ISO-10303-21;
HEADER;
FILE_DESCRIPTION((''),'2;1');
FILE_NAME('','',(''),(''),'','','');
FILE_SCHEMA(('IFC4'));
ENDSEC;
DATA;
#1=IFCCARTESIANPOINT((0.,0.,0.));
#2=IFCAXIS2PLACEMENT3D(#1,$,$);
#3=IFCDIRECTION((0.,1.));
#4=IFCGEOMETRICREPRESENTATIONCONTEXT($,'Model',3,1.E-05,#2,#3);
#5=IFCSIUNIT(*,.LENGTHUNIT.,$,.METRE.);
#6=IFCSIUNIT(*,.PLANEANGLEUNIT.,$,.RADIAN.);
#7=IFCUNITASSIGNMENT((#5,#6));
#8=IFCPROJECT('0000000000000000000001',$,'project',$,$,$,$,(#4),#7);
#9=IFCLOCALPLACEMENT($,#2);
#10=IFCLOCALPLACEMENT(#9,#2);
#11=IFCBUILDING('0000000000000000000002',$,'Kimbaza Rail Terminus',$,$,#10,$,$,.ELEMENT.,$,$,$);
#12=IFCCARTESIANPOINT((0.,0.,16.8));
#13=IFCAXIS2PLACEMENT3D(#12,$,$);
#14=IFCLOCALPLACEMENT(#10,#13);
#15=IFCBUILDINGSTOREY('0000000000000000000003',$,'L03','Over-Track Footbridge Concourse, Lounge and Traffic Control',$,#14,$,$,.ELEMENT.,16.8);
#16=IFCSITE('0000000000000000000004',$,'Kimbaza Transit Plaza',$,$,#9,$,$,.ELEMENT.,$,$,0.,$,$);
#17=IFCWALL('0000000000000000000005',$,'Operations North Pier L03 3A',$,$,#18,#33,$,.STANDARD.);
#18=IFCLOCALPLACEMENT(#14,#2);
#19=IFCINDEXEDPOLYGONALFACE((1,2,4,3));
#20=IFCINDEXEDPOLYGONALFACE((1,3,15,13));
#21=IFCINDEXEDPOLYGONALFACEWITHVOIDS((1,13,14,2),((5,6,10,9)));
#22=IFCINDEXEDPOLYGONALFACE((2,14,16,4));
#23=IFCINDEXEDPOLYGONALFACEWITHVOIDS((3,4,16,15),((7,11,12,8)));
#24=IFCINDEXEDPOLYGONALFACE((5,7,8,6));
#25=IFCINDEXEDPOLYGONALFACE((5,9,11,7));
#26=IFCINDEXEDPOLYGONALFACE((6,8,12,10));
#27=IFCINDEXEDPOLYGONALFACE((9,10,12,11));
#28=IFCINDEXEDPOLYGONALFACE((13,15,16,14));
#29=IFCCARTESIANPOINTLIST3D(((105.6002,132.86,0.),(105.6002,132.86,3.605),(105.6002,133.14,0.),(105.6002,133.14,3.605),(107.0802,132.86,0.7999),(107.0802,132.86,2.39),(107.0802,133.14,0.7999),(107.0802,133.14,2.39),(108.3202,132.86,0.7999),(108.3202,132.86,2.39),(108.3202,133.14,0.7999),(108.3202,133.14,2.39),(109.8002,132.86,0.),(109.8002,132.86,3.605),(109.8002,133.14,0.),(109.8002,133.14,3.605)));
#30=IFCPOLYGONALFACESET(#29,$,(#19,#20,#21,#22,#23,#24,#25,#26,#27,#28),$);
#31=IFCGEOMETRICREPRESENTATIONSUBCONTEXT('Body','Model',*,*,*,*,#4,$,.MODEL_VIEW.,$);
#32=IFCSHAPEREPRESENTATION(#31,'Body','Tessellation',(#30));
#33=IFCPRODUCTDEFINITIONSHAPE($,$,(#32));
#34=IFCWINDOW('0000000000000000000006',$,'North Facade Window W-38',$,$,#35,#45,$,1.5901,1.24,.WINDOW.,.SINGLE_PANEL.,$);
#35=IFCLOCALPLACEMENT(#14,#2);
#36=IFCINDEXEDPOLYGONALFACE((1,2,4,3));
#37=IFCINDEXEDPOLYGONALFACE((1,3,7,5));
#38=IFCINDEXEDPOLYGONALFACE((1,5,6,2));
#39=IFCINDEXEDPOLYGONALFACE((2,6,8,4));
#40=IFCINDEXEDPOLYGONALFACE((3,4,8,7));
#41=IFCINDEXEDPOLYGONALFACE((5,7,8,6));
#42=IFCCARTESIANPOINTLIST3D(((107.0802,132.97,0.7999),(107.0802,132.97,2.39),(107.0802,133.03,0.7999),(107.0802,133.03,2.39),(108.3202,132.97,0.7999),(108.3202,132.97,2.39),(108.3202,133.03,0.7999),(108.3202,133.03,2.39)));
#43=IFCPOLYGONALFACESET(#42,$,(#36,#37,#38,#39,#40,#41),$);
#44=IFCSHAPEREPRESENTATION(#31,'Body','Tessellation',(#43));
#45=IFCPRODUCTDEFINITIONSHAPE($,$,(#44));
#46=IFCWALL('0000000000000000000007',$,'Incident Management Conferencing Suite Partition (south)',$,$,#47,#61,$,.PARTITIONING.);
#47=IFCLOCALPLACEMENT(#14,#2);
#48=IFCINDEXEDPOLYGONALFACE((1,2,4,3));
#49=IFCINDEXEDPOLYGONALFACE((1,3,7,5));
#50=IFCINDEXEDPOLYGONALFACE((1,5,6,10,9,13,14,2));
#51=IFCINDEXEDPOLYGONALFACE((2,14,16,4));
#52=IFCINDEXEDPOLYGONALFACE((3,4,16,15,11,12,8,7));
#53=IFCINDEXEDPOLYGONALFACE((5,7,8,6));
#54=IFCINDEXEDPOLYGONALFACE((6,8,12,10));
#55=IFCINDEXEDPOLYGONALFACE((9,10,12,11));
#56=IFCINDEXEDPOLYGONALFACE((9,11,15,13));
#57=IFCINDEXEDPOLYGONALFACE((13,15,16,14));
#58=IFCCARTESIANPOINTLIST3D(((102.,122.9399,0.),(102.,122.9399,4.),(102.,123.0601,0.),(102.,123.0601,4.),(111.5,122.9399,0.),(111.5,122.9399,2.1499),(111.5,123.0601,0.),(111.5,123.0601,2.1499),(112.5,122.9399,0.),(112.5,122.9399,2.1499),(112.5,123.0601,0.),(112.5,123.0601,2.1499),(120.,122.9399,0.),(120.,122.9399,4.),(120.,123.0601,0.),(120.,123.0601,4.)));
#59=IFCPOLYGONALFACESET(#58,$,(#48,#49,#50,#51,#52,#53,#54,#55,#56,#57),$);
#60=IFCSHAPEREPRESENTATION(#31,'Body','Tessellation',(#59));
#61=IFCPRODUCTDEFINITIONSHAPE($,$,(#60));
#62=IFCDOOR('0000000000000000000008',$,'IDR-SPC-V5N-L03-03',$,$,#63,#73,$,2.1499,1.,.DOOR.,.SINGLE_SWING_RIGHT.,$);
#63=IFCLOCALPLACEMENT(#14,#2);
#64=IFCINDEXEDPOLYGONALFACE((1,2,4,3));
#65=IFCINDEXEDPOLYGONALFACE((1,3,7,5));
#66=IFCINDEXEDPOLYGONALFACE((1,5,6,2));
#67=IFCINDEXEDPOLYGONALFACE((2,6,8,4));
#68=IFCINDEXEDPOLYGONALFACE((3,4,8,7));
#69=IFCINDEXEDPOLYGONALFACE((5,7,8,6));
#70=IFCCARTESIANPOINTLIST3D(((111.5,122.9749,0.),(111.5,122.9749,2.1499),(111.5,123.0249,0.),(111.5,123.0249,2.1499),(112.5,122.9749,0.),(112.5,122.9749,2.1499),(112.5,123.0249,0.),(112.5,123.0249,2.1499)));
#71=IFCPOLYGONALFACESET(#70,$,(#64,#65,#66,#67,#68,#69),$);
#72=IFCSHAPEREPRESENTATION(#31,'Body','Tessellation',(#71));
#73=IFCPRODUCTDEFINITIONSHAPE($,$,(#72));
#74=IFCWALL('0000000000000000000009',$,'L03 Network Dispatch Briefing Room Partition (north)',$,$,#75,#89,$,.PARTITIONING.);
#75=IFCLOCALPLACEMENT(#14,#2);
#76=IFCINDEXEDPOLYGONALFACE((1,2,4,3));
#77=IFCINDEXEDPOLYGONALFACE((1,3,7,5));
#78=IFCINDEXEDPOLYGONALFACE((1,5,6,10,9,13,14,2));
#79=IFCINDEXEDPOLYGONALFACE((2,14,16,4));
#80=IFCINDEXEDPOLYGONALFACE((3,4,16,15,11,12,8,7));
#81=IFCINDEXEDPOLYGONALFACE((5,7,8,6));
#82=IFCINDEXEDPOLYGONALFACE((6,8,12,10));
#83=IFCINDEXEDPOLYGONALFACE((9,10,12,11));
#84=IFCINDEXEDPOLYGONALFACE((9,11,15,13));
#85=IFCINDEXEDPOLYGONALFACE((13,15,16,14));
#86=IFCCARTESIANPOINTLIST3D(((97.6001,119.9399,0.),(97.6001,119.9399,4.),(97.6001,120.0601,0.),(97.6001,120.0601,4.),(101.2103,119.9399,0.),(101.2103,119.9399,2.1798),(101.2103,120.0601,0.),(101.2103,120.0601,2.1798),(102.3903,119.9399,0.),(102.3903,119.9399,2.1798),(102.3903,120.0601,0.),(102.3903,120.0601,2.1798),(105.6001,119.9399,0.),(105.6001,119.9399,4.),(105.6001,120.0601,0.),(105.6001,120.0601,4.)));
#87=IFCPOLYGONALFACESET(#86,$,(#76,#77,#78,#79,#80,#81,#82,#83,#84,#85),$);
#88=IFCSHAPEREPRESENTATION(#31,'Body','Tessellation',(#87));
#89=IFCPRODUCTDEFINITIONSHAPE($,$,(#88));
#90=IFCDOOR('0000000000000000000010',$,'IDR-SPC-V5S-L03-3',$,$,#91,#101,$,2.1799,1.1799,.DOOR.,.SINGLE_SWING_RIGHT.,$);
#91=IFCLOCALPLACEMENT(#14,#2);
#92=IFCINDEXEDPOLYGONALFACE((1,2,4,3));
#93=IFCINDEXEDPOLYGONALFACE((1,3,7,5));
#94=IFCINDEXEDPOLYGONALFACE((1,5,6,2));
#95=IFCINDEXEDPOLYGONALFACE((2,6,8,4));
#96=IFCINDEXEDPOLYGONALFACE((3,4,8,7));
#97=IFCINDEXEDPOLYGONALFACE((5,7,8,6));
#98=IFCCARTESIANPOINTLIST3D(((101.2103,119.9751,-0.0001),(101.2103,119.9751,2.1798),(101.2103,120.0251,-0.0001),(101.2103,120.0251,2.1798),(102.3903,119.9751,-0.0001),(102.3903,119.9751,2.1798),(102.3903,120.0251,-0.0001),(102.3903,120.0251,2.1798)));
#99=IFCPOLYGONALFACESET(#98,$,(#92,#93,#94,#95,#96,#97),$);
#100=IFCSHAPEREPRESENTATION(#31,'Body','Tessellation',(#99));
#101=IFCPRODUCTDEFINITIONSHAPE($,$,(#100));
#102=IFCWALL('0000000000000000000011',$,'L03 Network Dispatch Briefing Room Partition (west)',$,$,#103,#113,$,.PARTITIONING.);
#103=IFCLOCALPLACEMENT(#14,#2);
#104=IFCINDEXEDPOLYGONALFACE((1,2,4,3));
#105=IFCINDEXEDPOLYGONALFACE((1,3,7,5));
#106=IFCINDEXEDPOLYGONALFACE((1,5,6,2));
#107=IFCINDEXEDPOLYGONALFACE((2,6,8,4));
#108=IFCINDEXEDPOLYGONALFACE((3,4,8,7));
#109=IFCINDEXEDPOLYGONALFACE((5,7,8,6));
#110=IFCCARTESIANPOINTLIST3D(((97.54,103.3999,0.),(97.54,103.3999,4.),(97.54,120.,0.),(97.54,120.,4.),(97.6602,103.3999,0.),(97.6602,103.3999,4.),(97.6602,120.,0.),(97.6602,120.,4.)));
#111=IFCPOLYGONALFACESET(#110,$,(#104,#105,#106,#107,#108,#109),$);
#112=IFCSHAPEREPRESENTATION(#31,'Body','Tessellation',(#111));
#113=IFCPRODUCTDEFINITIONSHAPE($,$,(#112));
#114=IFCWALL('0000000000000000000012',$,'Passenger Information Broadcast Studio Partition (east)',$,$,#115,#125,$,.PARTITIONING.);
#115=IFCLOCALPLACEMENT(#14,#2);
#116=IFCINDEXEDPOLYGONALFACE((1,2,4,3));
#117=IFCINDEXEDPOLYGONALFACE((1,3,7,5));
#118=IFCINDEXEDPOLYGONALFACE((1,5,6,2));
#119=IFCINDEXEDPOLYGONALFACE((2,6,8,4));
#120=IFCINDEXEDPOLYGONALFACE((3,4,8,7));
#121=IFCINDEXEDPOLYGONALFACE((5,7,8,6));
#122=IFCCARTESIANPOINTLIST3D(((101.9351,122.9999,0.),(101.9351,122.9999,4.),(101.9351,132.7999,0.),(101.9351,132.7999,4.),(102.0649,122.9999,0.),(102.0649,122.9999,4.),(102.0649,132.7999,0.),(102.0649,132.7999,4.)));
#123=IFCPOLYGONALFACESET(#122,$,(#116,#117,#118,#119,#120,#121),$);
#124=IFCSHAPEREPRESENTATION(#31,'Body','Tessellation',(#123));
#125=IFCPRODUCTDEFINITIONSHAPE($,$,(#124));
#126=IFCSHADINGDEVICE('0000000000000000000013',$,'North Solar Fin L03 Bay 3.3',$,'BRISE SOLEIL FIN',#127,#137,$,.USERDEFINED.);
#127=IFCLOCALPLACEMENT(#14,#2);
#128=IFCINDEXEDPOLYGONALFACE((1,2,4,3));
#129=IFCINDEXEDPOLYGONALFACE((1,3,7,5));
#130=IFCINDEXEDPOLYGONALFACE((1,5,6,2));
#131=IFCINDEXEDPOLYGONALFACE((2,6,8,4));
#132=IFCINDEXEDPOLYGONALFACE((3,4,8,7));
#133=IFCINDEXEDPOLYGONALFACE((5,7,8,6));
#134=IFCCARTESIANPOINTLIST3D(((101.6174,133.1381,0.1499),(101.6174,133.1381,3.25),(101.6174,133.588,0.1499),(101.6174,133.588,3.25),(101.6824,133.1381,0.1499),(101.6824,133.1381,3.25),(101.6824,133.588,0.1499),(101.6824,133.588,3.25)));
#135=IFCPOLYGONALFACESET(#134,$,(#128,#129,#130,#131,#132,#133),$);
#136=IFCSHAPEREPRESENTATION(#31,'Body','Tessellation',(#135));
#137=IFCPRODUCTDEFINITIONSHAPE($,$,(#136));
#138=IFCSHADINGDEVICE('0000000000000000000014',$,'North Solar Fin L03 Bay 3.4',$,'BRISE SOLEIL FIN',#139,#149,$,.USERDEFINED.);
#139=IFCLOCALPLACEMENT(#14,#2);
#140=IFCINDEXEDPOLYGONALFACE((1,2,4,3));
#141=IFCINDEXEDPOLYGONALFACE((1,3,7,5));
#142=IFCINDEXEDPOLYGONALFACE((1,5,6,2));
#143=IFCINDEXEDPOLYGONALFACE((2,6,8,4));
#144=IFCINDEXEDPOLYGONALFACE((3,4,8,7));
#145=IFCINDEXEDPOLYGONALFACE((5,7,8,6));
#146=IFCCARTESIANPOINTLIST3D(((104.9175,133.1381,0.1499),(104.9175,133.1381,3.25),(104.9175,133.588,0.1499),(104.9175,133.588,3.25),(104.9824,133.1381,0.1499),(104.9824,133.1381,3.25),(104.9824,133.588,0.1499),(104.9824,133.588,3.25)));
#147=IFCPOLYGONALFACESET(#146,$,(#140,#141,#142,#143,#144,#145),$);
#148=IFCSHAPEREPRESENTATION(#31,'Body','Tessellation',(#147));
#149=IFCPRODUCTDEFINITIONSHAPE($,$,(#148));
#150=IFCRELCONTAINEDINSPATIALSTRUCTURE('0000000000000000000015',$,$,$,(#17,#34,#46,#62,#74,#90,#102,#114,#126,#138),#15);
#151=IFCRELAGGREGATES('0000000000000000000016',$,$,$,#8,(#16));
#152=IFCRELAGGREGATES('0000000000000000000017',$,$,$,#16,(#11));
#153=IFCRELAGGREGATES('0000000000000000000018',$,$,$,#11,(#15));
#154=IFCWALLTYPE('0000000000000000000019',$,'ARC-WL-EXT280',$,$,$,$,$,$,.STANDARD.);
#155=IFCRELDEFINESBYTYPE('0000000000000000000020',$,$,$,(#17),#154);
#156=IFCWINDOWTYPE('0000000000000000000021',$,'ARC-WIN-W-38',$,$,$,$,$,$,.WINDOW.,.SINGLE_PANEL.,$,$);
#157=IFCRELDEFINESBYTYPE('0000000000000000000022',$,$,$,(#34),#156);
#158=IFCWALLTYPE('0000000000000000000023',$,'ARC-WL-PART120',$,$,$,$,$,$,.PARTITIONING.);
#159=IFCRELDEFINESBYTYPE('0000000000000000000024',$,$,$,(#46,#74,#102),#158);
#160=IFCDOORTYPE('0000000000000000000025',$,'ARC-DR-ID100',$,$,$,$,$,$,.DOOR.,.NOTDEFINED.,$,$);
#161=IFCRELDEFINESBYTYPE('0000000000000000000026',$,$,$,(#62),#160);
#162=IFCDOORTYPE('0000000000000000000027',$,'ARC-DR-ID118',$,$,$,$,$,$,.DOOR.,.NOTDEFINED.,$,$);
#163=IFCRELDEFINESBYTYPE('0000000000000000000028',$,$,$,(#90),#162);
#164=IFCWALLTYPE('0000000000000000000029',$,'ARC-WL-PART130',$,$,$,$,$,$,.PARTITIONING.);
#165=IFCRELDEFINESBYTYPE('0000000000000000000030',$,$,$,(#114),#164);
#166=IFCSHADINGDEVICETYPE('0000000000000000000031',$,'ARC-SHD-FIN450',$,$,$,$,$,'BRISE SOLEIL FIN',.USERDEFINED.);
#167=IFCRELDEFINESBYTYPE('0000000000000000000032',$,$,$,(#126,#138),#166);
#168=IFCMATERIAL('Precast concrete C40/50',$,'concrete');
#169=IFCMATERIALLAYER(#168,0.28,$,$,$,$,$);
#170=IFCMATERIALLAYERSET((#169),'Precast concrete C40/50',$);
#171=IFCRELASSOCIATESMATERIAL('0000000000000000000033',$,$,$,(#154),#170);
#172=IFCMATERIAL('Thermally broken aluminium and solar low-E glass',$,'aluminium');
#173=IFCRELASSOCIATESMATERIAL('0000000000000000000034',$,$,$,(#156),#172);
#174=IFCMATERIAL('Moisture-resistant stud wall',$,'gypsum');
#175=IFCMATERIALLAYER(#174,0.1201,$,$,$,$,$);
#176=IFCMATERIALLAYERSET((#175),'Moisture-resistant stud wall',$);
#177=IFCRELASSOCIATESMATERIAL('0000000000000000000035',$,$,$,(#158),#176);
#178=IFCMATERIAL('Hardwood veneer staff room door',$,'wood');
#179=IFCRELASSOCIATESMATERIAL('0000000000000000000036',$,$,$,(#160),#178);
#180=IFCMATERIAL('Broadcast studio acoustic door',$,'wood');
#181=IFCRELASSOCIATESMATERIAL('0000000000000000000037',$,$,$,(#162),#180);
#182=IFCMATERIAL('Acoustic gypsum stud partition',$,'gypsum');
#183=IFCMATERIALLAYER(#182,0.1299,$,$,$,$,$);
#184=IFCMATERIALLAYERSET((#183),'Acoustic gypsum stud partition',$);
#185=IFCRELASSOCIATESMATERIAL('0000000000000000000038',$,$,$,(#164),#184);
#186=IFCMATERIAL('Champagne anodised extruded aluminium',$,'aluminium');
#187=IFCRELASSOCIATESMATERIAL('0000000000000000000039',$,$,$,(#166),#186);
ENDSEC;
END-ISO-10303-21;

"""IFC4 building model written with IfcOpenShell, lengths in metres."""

from ifc_helpers import new_model, si_unit, direction, frame, frame_2d, origin, origin_2d, place, context, subcontext, project, spatial, rectangle, extrude, material, layer, layer_set, type_object, element, fill, save


model = new_model("IFC4")

# Units and contexts
model_context = context("Model", 3, precision=1e-05, world=origin(), true_north=direction((0.0, 1.0)))
body_context = subcontext(model_context, "Body", "Model", "MODEL_VIEW")
ifc_project = project(units=[si_unit("LENGTHUNIT", "METRE"), si_unit("PLANEANGLEUNIT", "RADIAN")], contexts=[model_context])

# Site, building, storey
site_placement = place(None, origin())
site = spatial("IfcSite", under=ifc_project, at=site_placement, Name="Kimbaza Transit Plaza", CompositionType="ELEMENT", RefElevation=0.0)
building_placement = place(site_placement, origin())
building = spatial("IfcBuilding", under=site, at=building_placement, Name="Kimbaza Rail Terminus", CompositionType="ELEMENT")
storey_placement = place(building_placement, frame((0.0, 0.0, 16.8)))
storey = spatial("IfcBuildingStorey", under=building, at=storey_placement, Name="L03", Description="Over-Track Footbridge Concourse, Lounge and Traffic Control", CompositionType="ELEMENT", Elevation=16.8)

# Wall, opening, window
ifc_material_1 = material(Name="Precast concrete C40/50", Category="concrete")
ifc_layer_1 = layer(ifc_material_1, 0.28)
ifc_layer_set_1 = layer_set([ifc_layer_1], Name="Precast concrete C40/50")
wall_type_1 = type_object("IfcWallType", Name="ARC-WL-EXT280", PredefinedType="STANDARD", material=ifc_layer_set_1)
wall_1_placement = place(storey_placement, frame((105.6001, 133.0, 0.0), z_axis=(0.0, 0.0, 1.0), x_axis=(1.0, 0.0, 0.0)))
wall_1 = element("IfcWall", 1, at=wall_1_placement, inside=storey, type_object=wall_type_1, Name="Operations North Pier L03 3A", PredefinedType="STANDARD", context=body_context, shape_type="SweptSolid", body=[
    extrude(rectangle(XDim=4.2, YDim=0.28, at=frame_2d((2.1001, 0.0))), origin(), (0.0, 0.0, 1.0), 3.605),
])
opening_1_placement = place(wall_1_placement, frame((1.48, 0.0, 0.8)))
opening_1 = element("IfcOpeningElement", 2, at=opening_1_placement, cuts=wall_1, PredefinedType="OPENING", context=body_context, shape_type="SweptSolid", body=[
    extrude(rectangle(XDim=1.24, YDim=1.5901, at=frame_2d((0.6201, 0.7949))), frame((0.0, 0.1499, 0.0), z_axis=(0.0, -1.0, 0.0), x_axis=(1.0, 0.0, 0.0)), (0.0, 0.0, 1.0), 0.3),
])
ifc_material_2 = material(Name="Thermally broken aluminium and solar low-E glass", Category="aluminium")
window_type_1 = type_object("IfcWindowType", Name="ARC-WIN-W-38", PartitioningType="SINGLE_PANEL", PredefinedType="WINDOW", material=ifc_material_2)
window_1_placement = place(opening_1_placement, origin())
window_1 = element("IfcWindow", 3, at=window_1_placement, inside=storey, type_object=window_type_1, Name="North Facade Window W-38", OverallHeight=1.5901, OverallWidth=1.24, PartitioningType="SINGLE_PANEL", PredefinedType="WINDOW", context=body_context, shape_type="SweptSolid", body=[
    extrude(rectangle(XDim=1.24, YDim=1.5901, at=frame_2d((0.6201, 0.7949))), frame((0.0, 0.03, 0.0), z_axis=(0.0, -1.0, 0.0), x_axis=(1.0, 0.0, 0.0)), (0.0, 0.0, 1.0), 0.0601),
])
fill(opening_1, window_1)

# Walls, openings, doors
ifc_material_3 = material(Name="Moisture-resistant stud wall", Category="gypsum")
ifc_layer_2 = layer(ifc_material_3, 0.1201)
ifc_layer_set_2 = layer_set([ifc_layer_2], Name="Moisture-resistant stud wall")
wall_type_2 = type_object("IfcWallType", Name="ARC-WL-PART120", PredefinedType="PARTITIONING", material=ifc_layer_set_2)
wall_2_placement = place(storey_placement, frame((102.0, 123.0, 0.0), z_axis=(0.0, 0.0, 1.0), x_axis=(1.0, 0.0, 0.0)))
wall_2 = element("IfcWall", 4, at=wall_2_placement, inside=storey, type_object=wall_type_2, Name="Incident Management Conferencing Suite Partition (south)", PredefinedType="PARTITIONING", context=body_context, shape_type="SweptSolid", body=[
    extrude(rectangle(XDim=18.0, YDim=0.1201, at=frame_2d((9.0, 0.0))), origin(), (0.0, 0.0, 1.0), 4.0),
])
opening_2_placement = place(wall_2_placement, frame((9.5, 0.0, 0.0)))
opening_2 = element("IfcOpeningElement", 5, at=opening_2_placement, cuts=wall_2, PredefinedType="OPENING", context=body_context, shape_type="SweptSolid", body=[
    extrude(rectangle(XDim=1.0, YDim=2.1499, at=frame_2d((0.5, 1.075))), frame((0.0, 0.0701, 0.0), z_axis=(0.0, -1.0, 0.0), x_axis=(1.0, 0.0, 0.0)), (0.0, 0.0, 1.0), 0.1401),
])
ifc_material_4 = material(Name="Hardwood veneer staff room door", Category="wood")
door_type_1 = type_object("IfcDoorType", Name="ARC-DR-ID100", OperationType="NOTDEFINED", PredefinedType="DOOR", material=ifc_material_4)
door_1_placement = place(opening_2_placement, origin())
door_1 = element("IfcDoor", 6, at=door_1_placement, inside=storey, type_object=door_type_1, Name="IDR-SPC-V5N-L03-03", OperationType="SINGLE_SWING_RIGHT", OverallHeight=2.1499, OverallWidth=1.0, PredefinedType="DOOR", context=body_context, shape_type="SweptSolid", body=[
    extrude(rectangle(XDim=1.0, YDim=2.1499, at=frame_2d((0.5, 1.075))), frame((0.0, 0.0249, 0.0), z_axis=(0.0, -1.0, 0.0), x_axis=(1.0, 0.0, 0.0)), (0.0, 0.0, 1.0), 0.05),
])
fill(opening_2, door_1)
wall_3_placement = place(storey_placement, frame((105.6001, 120.0, 0.0), z_axis=(0.0, 0.0, 1.0), x_axis=(-1.0, 0.0, 0.0)))
wall_3 = element("IfcWall", 7, at=wall_3_placement, inside=storey, type_object=wall_type_2, Name="L03 Network Dispatch Briefing Room Partition (north)", PredefinedType="PARTITIONING", context=body_context, shape_type="SweptSolid", body=[
    extrude(rectangle(XDim=8.0, YDim=0.1201, at=frame_2d((4.0, 0.0))), origin(), (0.0, 0.0, 1.0), 4.0),
])
opening_3_placement = place(wall_3_placement, frame((3.21, 0.0, 0.0)))
opening_3 = element("IfcOpeningElement", 8, at=opening_3_placement, cuts=wall_3, PredefinedType="OPENING", context=body_context, shape_type="SweptSolid", body=[
    extrude(rectangle(XDim=1.1799, YDim=2.1799, at=frame_2d((0.5898, 1.0898))), frame((0.0, 0.0701, 0.0), z_axis=(0.0, -1.0, 0.0), x_axis=(1.0, 0.0, 0.0)), (0.0, 0.0, 1.0), 0.1401),
])
ifc_material_5 = material(Name="Broadcast studio acoustic door", Category="wood")
door_type_2 = type_object("IfcDoorType", Name="ARC-DR-ID118", OperationType="NOTDEFINED", PredefinedType="DOOR", material=ifc_material_5)
door_2_placement = place(opening_3_placement, origin())
door_2 = element("IfcDoor", 9, at=door_2_placement, inside=storey, type_object=door_type_2, Name="IDR-SPC-V5S-L03-3", OperationType="SINGLE_SWING_RIGHT", OverallHeight=2.1799, OverallWidth=1.1799, PredefinedType="DOOR", context=body_context, shape_type="SweptSolid", body=[
    extrude(rectangle(XDim=1.1799, YDim=2.1799, at=frame_2d((0.5898, 1.0898))), frame((0.0, 0.0249, 0.0), z_axis=(0.0, -1.0, 0.0), x_axis=(1.0, 0.0, 0.0)), (0.0, 0.0, 1.0), 0.05),
])
fill(opening_3, door_2)

# Walls
wall_4_placement = place(storey_placement, frame((97.6001, 120.0, 0.0), z_axis=(0.0, 0.0, 1.0), x_axis=(0.0, -1.0, 0.0)))
element("IfcWall", 10, at=wall_4_placement, inside=storey, type_object=wall_type_2, Name="L03 Network Dispatch Briefing Room Partition (west)", PredefinedType="PARTITIONING", context=body_context, shape_type="SweptSolid", body=[
    extrude(rectangle(XDim=16.6001, YDim=0.1201, at=frame_2d((8.3, 0.0))), origin(), (0.0, 0.0, 1.0), 4.0),
])
ifc_material_6 = material(Name="Acoustic gypsum stud partition", Category="gypsum")
ifc_layer_3 = layer(ifc_material_6, 0.1299)
ifc_layer_set_3 = layer_set([ifc_layer_3], Name="Acoustic gypsum stud partition")
wall_type_3 = type_object("IfcWallType", Name="ARC-WL-PART130", PredefinedType="PARTITIONING", material=ifc_layer_set_3)
wall_5_placement = place(storey_placement, frame((102.0, 123.0, 0.0), z_axis=(0.0, 0.0, 1.0), x_axis=(0.0, 1.0, 0.0)))
element("IfcWall", 11, at=wall_5_placement, inside=storey, type_object=wall_type_3, Name="Passenger Information Broadcast Studio Partition (east)", PredefinedType="PARTITIONING", context=body_context, shape_type="SweptSolid", body=[
    extrude(rectangle(XDim=9.8, YDim=0.1299, at=frame_2d((4.8999, 0.0))), origin(), (0.0, 0.0, 1.0), 4.0),
])

# Shading devices
ifc_material_7 = material(Name="Champagne anodised extruded aluminium", Category="aluminium")
shading_device_type = type_object("IfcShadingDeviceType", Name="ARC-SHD-FIN450", ElementType="BRISE SOLEIL FIN", PredefinedType="USERDEFINED", material=ifc_material_7)
for number, where, z_axis, x_axis, name in (
    (12, (101.6499, 133.363, 0.1499), (0.0, 0.0, 1.0), (1.0, 0.0, 0.0), "North Solar Fin L03 Bay 3.3"),
    (13, (104.95, 133.363, 0.1499), (0.0, 0.0, 1.0), (1.0, 0.0, 0.0), "North Solar Fin L03 Bay 3.4"),
):
    element("IfcShadingDevice", number, at=place(storey_placement, frame(where, z_axis=z_axis, x_axis=x_axis)), inside=storey, type_object=shading_device_type, Name=name, ObjectType="BRISE SOLEIL FIN", PredefinedType="USERDEFINED", context=body_context, shape_type="SweptSolid", body=[
        extrude(rectangle(XDim=0.0649, YDim=0.45, at=origin_2d()), origin(), (0.0, 0.0, 1.0), 3.1001),
    ])

save(model, "model.ifc")
